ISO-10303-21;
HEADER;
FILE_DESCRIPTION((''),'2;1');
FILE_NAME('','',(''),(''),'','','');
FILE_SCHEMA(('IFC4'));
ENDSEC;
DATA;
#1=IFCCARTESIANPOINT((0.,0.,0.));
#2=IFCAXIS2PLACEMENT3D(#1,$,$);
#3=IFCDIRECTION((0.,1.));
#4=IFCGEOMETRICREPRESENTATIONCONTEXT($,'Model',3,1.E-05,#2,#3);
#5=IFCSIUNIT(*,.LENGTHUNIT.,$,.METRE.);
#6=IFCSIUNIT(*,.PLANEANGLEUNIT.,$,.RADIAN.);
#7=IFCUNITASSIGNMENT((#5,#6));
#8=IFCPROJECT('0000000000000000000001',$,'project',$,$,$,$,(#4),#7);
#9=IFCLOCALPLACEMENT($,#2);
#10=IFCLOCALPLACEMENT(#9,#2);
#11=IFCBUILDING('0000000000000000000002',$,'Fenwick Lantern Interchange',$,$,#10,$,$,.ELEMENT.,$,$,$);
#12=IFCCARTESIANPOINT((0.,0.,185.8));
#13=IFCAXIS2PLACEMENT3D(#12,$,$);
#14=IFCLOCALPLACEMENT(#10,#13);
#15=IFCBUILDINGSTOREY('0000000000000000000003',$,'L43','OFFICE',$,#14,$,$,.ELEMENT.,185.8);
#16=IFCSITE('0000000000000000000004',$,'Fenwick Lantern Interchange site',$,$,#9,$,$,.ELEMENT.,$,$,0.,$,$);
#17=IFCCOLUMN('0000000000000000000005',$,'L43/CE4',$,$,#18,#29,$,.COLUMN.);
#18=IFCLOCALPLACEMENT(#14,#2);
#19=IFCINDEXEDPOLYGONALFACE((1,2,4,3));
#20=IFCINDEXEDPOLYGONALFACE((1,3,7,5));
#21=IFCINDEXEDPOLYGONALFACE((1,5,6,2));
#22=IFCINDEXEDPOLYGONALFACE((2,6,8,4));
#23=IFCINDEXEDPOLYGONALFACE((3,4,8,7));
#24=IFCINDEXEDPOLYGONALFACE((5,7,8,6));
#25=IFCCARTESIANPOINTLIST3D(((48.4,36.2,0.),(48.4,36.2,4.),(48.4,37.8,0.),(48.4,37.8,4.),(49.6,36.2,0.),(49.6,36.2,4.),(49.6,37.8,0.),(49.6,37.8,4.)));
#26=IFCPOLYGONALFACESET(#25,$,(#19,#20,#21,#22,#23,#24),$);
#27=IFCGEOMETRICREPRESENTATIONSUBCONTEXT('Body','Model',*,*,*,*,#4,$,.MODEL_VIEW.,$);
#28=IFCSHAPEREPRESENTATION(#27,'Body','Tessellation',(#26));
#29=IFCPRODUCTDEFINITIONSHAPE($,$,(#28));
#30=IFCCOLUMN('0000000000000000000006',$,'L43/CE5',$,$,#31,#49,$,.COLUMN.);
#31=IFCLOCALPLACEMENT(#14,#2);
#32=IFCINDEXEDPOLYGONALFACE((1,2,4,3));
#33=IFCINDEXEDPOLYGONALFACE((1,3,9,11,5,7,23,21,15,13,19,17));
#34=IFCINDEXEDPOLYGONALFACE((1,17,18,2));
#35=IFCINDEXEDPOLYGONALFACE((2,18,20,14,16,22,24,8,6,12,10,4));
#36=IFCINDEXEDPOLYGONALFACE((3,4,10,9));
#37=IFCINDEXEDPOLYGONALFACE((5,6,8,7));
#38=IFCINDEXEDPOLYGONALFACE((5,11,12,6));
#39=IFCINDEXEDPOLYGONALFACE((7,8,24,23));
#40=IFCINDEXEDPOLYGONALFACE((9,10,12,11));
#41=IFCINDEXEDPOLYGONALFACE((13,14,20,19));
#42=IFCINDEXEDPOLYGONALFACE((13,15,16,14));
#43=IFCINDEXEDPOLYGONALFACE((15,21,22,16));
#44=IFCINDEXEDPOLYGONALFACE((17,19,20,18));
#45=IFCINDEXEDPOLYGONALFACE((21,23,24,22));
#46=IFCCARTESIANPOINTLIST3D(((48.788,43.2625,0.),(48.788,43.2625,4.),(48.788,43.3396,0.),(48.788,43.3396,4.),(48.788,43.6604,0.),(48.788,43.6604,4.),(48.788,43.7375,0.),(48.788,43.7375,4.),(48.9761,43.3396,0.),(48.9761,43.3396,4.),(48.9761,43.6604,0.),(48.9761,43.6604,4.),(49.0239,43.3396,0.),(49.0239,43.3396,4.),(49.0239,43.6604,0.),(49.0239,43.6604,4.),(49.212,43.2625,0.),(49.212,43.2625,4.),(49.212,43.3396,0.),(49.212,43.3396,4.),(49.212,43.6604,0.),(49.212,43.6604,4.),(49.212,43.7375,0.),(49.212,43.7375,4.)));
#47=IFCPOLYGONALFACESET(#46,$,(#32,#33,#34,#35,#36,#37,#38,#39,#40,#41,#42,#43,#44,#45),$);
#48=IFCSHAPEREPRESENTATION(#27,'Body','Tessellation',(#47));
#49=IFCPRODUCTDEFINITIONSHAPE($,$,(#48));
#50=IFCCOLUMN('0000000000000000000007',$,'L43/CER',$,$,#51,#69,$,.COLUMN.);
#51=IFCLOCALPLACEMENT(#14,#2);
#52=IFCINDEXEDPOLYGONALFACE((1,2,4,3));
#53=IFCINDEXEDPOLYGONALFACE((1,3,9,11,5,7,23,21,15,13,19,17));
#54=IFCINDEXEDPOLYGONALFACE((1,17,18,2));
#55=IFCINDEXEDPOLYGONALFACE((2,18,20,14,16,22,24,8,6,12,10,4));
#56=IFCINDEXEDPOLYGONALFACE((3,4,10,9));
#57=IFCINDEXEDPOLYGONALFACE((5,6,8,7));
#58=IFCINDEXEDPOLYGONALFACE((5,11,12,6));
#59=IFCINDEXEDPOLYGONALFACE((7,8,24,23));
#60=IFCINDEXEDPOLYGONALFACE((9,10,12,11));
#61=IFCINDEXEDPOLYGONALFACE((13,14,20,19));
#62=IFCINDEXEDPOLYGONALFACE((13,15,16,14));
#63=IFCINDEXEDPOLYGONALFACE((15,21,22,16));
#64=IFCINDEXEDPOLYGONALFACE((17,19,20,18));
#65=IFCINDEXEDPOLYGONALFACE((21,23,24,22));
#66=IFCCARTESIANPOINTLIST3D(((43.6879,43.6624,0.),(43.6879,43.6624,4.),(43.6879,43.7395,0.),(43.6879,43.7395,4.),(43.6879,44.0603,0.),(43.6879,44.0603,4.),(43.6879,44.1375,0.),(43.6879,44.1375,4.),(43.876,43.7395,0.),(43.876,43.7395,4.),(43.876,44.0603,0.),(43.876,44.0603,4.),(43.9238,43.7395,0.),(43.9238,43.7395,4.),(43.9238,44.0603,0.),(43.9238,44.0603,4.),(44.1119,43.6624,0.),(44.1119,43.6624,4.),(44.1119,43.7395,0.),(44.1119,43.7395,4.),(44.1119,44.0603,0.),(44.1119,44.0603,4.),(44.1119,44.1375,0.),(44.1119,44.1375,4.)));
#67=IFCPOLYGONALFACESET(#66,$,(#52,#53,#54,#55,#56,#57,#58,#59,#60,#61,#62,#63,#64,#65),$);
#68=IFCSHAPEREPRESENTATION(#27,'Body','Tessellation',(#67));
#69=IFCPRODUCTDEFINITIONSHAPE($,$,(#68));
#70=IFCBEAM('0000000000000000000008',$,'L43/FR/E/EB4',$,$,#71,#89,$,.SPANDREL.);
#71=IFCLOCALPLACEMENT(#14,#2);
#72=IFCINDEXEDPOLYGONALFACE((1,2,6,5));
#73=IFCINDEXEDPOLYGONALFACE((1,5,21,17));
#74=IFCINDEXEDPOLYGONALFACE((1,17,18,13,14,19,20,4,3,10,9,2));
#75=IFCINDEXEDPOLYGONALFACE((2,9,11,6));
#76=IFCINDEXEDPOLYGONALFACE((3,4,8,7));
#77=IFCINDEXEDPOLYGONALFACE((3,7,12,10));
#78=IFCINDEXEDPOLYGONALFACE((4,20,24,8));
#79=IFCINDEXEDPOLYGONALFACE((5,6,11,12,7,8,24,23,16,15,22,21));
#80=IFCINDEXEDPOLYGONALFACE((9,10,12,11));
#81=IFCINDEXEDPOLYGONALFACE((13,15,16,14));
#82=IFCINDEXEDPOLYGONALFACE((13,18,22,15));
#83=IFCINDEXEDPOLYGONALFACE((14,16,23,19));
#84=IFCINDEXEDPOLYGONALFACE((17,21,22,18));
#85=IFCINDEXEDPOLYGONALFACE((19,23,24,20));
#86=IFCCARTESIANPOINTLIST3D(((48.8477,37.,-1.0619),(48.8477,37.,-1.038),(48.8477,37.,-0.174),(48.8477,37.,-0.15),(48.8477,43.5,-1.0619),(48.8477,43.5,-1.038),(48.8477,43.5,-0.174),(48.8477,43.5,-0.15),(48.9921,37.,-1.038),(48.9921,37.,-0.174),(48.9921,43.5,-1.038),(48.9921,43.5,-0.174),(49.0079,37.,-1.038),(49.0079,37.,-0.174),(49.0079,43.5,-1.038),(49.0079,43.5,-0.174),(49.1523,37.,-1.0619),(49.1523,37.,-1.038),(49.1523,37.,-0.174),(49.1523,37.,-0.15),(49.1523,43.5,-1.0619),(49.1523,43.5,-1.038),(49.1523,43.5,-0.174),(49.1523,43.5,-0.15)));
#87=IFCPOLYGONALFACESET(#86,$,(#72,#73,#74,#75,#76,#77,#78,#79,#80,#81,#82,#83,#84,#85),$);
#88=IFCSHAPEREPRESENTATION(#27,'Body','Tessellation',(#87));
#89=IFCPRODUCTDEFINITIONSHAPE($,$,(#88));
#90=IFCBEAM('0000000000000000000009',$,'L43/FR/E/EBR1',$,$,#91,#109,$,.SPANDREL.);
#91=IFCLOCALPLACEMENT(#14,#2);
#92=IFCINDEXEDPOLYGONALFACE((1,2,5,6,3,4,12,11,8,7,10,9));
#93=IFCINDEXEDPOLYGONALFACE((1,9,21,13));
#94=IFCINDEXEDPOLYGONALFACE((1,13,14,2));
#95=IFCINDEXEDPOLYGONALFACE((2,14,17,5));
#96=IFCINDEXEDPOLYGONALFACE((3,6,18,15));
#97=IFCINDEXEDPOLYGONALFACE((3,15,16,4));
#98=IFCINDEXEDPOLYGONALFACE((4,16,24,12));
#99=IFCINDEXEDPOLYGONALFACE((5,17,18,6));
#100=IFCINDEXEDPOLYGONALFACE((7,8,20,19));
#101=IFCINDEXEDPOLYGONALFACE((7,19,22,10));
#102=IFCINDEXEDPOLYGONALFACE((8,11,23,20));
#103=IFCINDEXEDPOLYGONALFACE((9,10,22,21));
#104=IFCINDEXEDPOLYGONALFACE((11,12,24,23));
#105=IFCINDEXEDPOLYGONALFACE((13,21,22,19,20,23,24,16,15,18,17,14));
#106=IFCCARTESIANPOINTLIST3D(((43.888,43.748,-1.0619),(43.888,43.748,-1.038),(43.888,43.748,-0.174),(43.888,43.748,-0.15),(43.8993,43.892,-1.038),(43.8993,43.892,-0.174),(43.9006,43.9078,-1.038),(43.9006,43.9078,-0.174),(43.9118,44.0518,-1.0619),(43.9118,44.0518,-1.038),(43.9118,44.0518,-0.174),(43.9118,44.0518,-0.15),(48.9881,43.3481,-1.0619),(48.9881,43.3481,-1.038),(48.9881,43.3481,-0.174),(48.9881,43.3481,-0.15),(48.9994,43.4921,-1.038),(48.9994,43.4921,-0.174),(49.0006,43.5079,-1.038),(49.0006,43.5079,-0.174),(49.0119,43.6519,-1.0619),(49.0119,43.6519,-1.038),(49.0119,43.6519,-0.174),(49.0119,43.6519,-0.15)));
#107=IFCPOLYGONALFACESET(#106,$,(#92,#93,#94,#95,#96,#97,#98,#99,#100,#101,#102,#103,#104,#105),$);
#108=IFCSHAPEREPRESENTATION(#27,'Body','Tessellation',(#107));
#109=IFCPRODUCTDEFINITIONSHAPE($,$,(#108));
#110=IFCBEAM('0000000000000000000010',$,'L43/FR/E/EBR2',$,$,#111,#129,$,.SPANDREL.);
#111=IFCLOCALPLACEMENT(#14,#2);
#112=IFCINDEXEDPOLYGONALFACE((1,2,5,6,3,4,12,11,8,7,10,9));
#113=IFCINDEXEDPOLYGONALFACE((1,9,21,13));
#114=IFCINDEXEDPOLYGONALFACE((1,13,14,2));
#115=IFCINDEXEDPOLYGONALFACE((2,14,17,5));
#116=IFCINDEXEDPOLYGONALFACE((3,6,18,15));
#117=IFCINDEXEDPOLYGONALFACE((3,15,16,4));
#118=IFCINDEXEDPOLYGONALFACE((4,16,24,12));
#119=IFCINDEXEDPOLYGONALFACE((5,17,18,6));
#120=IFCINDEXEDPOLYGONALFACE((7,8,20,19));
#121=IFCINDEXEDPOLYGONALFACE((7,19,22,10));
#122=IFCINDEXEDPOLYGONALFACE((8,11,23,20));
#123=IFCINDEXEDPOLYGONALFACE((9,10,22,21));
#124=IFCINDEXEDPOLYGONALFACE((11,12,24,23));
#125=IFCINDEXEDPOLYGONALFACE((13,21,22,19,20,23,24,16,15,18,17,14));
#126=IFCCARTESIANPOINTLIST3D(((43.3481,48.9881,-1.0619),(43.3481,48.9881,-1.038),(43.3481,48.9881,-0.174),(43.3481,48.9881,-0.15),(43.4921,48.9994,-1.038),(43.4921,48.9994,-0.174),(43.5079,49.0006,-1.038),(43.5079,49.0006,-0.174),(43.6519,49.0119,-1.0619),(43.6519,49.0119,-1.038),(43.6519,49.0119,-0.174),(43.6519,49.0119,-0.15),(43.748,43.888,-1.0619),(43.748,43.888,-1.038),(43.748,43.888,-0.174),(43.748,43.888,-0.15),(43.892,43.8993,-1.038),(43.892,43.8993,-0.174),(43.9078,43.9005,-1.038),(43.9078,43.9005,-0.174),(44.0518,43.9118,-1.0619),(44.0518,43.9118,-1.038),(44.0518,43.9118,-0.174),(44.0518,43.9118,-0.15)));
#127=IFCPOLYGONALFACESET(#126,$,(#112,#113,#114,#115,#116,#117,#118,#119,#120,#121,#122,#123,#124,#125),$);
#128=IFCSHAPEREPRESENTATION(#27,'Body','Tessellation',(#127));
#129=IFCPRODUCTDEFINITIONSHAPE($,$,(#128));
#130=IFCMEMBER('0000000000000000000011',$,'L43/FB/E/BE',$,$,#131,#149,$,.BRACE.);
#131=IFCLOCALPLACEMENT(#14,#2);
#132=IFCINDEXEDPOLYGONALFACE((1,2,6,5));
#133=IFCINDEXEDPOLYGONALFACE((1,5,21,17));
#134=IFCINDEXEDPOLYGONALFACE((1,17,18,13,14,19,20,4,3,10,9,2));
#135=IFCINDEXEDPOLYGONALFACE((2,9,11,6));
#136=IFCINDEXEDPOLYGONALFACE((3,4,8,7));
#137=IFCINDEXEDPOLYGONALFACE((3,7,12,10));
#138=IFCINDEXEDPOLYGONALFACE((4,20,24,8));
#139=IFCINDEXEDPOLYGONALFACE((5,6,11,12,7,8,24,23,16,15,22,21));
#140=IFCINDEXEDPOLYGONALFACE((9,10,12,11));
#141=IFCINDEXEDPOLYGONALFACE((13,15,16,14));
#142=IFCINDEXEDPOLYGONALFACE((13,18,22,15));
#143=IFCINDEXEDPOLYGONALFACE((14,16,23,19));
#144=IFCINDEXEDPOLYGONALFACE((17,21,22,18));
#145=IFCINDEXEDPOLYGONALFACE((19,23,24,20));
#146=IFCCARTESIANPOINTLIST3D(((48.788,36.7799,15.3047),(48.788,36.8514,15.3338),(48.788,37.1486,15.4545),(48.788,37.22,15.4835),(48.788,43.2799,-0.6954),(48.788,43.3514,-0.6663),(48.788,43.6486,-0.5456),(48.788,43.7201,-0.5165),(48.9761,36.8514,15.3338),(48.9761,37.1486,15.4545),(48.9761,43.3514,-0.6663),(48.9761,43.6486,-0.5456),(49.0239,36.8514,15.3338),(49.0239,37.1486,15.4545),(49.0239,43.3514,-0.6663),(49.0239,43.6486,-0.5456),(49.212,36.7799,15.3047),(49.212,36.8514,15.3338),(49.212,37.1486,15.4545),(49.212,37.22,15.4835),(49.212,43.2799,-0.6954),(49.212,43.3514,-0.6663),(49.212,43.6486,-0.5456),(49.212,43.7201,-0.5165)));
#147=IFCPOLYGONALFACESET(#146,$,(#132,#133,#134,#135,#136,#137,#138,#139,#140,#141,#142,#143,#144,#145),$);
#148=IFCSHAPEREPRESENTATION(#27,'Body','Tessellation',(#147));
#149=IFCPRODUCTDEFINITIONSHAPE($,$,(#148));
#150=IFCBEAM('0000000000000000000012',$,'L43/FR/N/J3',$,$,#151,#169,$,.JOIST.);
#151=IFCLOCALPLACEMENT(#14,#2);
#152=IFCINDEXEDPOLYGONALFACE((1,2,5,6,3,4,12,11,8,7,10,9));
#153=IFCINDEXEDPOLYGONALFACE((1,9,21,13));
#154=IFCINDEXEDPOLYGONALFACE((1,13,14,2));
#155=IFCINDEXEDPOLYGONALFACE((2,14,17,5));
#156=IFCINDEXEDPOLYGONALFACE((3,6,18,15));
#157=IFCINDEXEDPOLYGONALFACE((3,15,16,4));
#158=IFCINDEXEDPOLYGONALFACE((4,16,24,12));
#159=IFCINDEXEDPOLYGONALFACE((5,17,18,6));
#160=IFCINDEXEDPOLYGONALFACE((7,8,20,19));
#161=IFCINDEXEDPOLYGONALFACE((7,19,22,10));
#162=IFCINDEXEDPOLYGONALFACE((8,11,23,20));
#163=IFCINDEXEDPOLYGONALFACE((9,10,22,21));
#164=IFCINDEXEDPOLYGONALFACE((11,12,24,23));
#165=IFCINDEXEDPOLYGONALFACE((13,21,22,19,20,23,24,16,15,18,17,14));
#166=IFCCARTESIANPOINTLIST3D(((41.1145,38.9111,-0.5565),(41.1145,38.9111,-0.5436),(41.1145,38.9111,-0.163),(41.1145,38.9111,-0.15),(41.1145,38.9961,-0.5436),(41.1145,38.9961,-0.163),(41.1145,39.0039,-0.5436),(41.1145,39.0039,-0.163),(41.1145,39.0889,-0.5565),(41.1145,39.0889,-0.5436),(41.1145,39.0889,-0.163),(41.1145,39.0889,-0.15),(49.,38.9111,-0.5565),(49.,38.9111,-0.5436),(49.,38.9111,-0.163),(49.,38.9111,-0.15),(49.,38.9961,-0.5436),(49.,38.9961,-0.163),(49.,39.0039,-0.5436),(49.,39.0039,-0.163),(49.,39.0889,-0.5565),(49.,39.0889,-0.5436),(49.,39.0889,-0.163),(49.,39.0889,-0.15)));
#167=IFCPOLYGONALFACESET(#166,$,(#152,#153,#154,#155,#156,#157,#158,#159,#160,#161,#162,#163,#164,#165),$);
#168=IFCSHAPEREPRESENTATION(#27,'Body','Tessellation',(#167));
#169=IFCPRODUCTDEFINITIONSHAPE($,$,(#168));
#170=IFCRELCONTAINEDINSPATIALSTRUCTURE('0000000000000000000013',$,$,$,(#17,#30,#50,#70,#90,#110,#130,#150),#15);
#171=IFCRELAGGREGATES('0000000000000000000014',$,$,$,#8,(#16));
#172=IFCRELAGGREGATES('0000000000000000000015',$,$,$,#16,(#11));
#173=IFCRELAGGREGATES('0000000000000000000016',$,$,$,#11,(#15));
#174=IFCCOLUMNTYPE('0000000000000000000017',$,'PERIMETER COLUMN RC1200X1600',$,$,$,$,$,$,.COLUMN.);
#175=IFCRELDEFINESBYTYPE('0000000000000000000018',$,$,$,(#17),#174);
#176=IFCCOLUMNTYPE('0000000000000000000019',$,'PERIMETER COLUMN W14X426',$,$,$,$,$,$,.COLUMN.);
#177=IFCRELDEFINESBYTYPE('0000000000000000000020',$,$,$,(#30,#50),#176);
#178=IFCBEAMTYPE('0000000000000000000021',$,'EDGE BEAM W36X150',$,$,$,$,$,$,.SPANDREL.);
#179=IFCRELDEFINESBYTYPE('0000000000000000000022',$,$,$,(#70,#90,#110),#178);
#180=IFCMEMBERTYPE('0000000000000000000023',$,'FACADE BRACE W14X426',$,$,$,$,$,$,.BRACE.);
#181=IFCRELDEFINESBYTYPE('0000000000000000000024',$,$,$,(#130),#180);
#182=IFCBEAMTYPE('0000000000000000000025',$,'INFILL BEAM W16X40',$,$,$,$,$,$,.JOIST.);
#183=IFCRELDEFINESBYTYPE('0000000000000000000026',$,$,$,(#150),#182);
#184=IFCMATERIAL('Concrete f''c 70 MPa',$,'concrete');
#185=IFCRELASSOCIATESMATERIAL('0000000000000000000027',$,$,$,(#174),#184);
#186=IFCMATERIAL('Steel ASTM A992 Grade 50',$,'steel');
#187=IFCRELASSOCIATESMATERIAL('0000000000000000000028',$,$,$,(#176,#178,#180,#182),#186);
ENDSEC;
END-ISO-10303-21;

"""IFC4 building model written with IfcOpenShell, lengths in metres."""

from ifc_helpers import new_model, si_unit, direction, frame, origin, origin_2d, place, context, subcontext, project, spatial, rectangle, i_section, extrude, material, material_profile, profile_set, type_object, element, save


model = new_model("IFC4")

# Units and contexts
model_context = context("Model", 3, precision=1e-05, world=origin(), true_north=direction((0.0, 1.0)))
body_context = subcontext(model_context, "Body", "Model", "MODEL_VIEW")
ifc_project = project(units=[si_unit("LENGTHUNIT", "METRE"), si_unit("PLANEANGLEUNIT", "RADIAN")], contexts=[model_context])

# Site, building, storey
site_placement = place(None, origin())
site = spatial("IfcSite", under=ifc_project, at=site_placement, Name="Fenwick Lantern Interchange site", CompositionType="ELEMENT", RefElevation=0.0)
building_placement = place(site_placement, origin())
building = spatial("IfcBuilding", under=site, at=building_placement, Name="Fenwick Lantern Interchange", CompositionType="ELEMENT")
storey_placement = place(building_placement, frame((0.0, 0.0, 185.8)))
storey = spatial("IfcBuildingStorey", under=building, at=storey_placement, Name="L43", Description="OFFICE", CompositionType="ELEMENT", Elevation=185.8)

# Columns
ifc_material_1 = material(Name="Concrete f'c 70 MPa", Category="concrete")
ifc_material_profile_1 = material_profile(ifc_material_1, rectangle(XDim=1.2, YDim=1.6001, at=origin_2d()), Name="RC1200X1600")
ifc_profile_set_1 = profile_set([ifc_material_profile_1], Name="Concrete f'c 70 MPa")
column_type_1 = type_object("IfcColumnType", Name="PERIMETER COLUMN RC1200X1600", PredefinedType="COLUMN", material=ifc_profile_set_1)
column_placement = place(storey_placement, frame((49.0, 37.0, 0.0), z_axis=(0.0, 0.0, 1.0), x_axis=(1.0, 0.0, 0.0)))
element("IfcColumn", 1, at=column_placement, inside=storey, type_object=column_type_1, Name="L43/CE4", PredefinedType="COLUMN", context=body_context, shape_type="SweptSolid", body=[
    extrude(rectangle(XDim=1.2, YDim=1.6001, at=origin_2d()), origin(), (0.0, 0.0, 1.0), 4.0),
])
ifc_material_2 = material(Name="Steel ASTM A992 Grade 50", Category="steel")
ifc_material_profile_2 = material_profile(ifc_material_2, i_section(OverallWidth=0.4241, OverallDepth=0.4751, WebThickness=0.0479, FlangeThickness=0.0771, at=origin_2d()), Name="W14X426")
ifc_profile_set_2 = profile_set([ifc_material_profile_2], Name="Steel ASTM A992 Grade 50")
column_type_2 = type_object("IfcColumnType", Name="PERIMETER COLUMN W14X426", PredefinedType="COLUMN", material=ifc_profile_set_2)
for number, where, z_axis, x_axis, name in (
    (2, (49.0, 43.5, 0.0), (0.0, 0.0, 1.0), (1.0, 0.0, 0.0), "L43/CE5"),
    (3, (43.8999, 43.8999, 0.0), (0.0, 0.0, 1.0), (1.0, 0.0, 0.0), "L43/CER"),
):
    element("IfcColumn", number, at=place(storey_placement, frame(where, z_axis=z_axis, x_axis=x_axis)), inside=storey, type_object=column_type_2, Name=name, PredefinedType="COLUMN", context=body_context, shape_type="SweptSolid", body=[
        extrude(i_section(OverallWidth=0.4241, OverallDepth=0.4751, WebThickness=0.0479, FlangeThickness=0.0771, at=origin_2d()), origin(), (0.0, 0.0, 1.0), 4.0),
    ])

# Beams
ifc_material_profile_3 = material_profile(ifc_material_2, i_section(OverallWidth=0.3047, OverallDepth=0.9119, WebThickness=0.0159, FlangeThickness=0.0239, at=origin_2d()), Name="W36X150")
ifc_profile_set_3 = profile_set([ifc_material_profile_3], Name="Steel ASTM A992 Grade 50")
beam_type_1 = type_object("IfcBeamType", Name="EDGE BEAM W36X150", PredefinedType="SPANDREL", material=ifc_profile_set_3)
beam_1_placement = place(storey_placement, frame((49.0, 37.0, -0.606), z_axis=(0.0, 1.0, 0.0), x_axis=(-1.0, 0.0, 0.0)))
element("IfcBeam", 4, at=beam_1_placement, inside=storey, type_object=beam_type_1, Name="L43/FR/E/EB4", PredefinedType="SPANDREL", context=body_context, shape_type="SweptSolid", body=[
    extrude(i_section(OverallWidth=0.3047, OverallDepth=0.9119, WebThickness=0.0159, FlangeThickness=0.0239, at=origin_2d()), origin(), (0.0, 0.0, 1.0), 6.5),
])
for number, where, z_axis, x_axis, name in (
    (5, (49.0, 43.5, -0.606), (-0.99694, 0.078171, 0.0), (-0.078171, -0.99694, 0.0), "L43/FR/E/EBR1"),
    (6, (43.8999, 43.8999, -0.606), (-0.078171, 0.99694, 0.0), (-0.99694, -0.078171, 0.0), "L43/FR/E/EBR2"),
):
    element("IfcBeam", number, at=place(storey_placement, frame(where, z_axis=z_axis, x_axis=x_axis)), inside=storey, type_object=beam_type_1, Name=name, PredefinedType="SPANDREL", context=body_context, shape_type="SweptSolid", body=[
        extrude(i_section(OverallWidth=0.3047, OverallDepth=0.9119, WebThickness=0.0159, FlangeThickness=0.0239, at=origin_2d()), origin(), (0.0, 0.0, 1.0), 5.1157),
    ])

# Member
ifc_material_profile_4 = material_profile(ifc_material_2, i_section(OverallWidth=0.4241, OverallDepth=0.4751, WebThickness=0.0479, FlangeThickness=0.0771, at=origin_2d()), Name="W14X426")
ifc_profile_set_4 = profile_set([ifc_material_profile_4], Name="Steel ASTM A992 Grade 50")
member_type_1 = type_object("IfcMemberType", Name="FACADE BRACE W14X426", PredefinedType="BRACE", material=ifc_profile_set_4)
member_1_placement = place(storey_placement, frame((49.0, 43.5, -0.606), z_axis=(0.0, -0.376377, 0.926467), x_axis=(1.0, 0.0, 0.0)))
element("IfcMember", 7, at=member_1_placement, inside=storey, type_object=member_type_1, Name="L43/FB/E/BE", PredefinedType="BRACE", context=body_context, shape_type="SweptSolid", body=[
    extrude(i_section(OverallWidth=0.4241, OverallDepth=0.4751, WebThickness=0.0479, FlangeThickness=0.0771, at=origin_2d()), origin(), (0.0, 0.0, 1.0), 17.27),
])

# Beam
ifc_material_profile_5 = material_profile(ifc_material_2, i_section(OverallWidth=0.1777, OverallDepth=0.4065, WebThickness=0.0078, FlangeThickness=0.0129, at=origin_2d()), Name="W16X40")
ifc_profile_set_5 = profile_set([ifc_material_profile_5], Name="Steel ASTM A992 Grade 50")
beam_type_2 = type_object("IfcBeamType", Name="INFILL BEAM W16X40", PredefinedType="JOIST", material=ifc_profile_set_5)
beam_2_placement = place(storey_placement, frame((49.0, 39.0, -0.3533), z_axis=(-1.0, 0.0, 0.0), x_axis=(0.0, -1.0, 0.0)))
element("IfcBeam", 8, at=beam_2_placement, inside=storey, type_object=beam_type_2, Name="L43/FR/N/J3", PredefinedType="JOIST", context=body_context, shape_type="SweptSolid", body=[
    extrude(i_section(OverallWidth=0.1777, OverallDepth=0.4065, WebThickness=0.0078, FlangeThickness=0.0129, at=origin_2d()), origin(), (0.0, 0.0, 1.0), 7.8855),
])

save(model, "model.ifc")
